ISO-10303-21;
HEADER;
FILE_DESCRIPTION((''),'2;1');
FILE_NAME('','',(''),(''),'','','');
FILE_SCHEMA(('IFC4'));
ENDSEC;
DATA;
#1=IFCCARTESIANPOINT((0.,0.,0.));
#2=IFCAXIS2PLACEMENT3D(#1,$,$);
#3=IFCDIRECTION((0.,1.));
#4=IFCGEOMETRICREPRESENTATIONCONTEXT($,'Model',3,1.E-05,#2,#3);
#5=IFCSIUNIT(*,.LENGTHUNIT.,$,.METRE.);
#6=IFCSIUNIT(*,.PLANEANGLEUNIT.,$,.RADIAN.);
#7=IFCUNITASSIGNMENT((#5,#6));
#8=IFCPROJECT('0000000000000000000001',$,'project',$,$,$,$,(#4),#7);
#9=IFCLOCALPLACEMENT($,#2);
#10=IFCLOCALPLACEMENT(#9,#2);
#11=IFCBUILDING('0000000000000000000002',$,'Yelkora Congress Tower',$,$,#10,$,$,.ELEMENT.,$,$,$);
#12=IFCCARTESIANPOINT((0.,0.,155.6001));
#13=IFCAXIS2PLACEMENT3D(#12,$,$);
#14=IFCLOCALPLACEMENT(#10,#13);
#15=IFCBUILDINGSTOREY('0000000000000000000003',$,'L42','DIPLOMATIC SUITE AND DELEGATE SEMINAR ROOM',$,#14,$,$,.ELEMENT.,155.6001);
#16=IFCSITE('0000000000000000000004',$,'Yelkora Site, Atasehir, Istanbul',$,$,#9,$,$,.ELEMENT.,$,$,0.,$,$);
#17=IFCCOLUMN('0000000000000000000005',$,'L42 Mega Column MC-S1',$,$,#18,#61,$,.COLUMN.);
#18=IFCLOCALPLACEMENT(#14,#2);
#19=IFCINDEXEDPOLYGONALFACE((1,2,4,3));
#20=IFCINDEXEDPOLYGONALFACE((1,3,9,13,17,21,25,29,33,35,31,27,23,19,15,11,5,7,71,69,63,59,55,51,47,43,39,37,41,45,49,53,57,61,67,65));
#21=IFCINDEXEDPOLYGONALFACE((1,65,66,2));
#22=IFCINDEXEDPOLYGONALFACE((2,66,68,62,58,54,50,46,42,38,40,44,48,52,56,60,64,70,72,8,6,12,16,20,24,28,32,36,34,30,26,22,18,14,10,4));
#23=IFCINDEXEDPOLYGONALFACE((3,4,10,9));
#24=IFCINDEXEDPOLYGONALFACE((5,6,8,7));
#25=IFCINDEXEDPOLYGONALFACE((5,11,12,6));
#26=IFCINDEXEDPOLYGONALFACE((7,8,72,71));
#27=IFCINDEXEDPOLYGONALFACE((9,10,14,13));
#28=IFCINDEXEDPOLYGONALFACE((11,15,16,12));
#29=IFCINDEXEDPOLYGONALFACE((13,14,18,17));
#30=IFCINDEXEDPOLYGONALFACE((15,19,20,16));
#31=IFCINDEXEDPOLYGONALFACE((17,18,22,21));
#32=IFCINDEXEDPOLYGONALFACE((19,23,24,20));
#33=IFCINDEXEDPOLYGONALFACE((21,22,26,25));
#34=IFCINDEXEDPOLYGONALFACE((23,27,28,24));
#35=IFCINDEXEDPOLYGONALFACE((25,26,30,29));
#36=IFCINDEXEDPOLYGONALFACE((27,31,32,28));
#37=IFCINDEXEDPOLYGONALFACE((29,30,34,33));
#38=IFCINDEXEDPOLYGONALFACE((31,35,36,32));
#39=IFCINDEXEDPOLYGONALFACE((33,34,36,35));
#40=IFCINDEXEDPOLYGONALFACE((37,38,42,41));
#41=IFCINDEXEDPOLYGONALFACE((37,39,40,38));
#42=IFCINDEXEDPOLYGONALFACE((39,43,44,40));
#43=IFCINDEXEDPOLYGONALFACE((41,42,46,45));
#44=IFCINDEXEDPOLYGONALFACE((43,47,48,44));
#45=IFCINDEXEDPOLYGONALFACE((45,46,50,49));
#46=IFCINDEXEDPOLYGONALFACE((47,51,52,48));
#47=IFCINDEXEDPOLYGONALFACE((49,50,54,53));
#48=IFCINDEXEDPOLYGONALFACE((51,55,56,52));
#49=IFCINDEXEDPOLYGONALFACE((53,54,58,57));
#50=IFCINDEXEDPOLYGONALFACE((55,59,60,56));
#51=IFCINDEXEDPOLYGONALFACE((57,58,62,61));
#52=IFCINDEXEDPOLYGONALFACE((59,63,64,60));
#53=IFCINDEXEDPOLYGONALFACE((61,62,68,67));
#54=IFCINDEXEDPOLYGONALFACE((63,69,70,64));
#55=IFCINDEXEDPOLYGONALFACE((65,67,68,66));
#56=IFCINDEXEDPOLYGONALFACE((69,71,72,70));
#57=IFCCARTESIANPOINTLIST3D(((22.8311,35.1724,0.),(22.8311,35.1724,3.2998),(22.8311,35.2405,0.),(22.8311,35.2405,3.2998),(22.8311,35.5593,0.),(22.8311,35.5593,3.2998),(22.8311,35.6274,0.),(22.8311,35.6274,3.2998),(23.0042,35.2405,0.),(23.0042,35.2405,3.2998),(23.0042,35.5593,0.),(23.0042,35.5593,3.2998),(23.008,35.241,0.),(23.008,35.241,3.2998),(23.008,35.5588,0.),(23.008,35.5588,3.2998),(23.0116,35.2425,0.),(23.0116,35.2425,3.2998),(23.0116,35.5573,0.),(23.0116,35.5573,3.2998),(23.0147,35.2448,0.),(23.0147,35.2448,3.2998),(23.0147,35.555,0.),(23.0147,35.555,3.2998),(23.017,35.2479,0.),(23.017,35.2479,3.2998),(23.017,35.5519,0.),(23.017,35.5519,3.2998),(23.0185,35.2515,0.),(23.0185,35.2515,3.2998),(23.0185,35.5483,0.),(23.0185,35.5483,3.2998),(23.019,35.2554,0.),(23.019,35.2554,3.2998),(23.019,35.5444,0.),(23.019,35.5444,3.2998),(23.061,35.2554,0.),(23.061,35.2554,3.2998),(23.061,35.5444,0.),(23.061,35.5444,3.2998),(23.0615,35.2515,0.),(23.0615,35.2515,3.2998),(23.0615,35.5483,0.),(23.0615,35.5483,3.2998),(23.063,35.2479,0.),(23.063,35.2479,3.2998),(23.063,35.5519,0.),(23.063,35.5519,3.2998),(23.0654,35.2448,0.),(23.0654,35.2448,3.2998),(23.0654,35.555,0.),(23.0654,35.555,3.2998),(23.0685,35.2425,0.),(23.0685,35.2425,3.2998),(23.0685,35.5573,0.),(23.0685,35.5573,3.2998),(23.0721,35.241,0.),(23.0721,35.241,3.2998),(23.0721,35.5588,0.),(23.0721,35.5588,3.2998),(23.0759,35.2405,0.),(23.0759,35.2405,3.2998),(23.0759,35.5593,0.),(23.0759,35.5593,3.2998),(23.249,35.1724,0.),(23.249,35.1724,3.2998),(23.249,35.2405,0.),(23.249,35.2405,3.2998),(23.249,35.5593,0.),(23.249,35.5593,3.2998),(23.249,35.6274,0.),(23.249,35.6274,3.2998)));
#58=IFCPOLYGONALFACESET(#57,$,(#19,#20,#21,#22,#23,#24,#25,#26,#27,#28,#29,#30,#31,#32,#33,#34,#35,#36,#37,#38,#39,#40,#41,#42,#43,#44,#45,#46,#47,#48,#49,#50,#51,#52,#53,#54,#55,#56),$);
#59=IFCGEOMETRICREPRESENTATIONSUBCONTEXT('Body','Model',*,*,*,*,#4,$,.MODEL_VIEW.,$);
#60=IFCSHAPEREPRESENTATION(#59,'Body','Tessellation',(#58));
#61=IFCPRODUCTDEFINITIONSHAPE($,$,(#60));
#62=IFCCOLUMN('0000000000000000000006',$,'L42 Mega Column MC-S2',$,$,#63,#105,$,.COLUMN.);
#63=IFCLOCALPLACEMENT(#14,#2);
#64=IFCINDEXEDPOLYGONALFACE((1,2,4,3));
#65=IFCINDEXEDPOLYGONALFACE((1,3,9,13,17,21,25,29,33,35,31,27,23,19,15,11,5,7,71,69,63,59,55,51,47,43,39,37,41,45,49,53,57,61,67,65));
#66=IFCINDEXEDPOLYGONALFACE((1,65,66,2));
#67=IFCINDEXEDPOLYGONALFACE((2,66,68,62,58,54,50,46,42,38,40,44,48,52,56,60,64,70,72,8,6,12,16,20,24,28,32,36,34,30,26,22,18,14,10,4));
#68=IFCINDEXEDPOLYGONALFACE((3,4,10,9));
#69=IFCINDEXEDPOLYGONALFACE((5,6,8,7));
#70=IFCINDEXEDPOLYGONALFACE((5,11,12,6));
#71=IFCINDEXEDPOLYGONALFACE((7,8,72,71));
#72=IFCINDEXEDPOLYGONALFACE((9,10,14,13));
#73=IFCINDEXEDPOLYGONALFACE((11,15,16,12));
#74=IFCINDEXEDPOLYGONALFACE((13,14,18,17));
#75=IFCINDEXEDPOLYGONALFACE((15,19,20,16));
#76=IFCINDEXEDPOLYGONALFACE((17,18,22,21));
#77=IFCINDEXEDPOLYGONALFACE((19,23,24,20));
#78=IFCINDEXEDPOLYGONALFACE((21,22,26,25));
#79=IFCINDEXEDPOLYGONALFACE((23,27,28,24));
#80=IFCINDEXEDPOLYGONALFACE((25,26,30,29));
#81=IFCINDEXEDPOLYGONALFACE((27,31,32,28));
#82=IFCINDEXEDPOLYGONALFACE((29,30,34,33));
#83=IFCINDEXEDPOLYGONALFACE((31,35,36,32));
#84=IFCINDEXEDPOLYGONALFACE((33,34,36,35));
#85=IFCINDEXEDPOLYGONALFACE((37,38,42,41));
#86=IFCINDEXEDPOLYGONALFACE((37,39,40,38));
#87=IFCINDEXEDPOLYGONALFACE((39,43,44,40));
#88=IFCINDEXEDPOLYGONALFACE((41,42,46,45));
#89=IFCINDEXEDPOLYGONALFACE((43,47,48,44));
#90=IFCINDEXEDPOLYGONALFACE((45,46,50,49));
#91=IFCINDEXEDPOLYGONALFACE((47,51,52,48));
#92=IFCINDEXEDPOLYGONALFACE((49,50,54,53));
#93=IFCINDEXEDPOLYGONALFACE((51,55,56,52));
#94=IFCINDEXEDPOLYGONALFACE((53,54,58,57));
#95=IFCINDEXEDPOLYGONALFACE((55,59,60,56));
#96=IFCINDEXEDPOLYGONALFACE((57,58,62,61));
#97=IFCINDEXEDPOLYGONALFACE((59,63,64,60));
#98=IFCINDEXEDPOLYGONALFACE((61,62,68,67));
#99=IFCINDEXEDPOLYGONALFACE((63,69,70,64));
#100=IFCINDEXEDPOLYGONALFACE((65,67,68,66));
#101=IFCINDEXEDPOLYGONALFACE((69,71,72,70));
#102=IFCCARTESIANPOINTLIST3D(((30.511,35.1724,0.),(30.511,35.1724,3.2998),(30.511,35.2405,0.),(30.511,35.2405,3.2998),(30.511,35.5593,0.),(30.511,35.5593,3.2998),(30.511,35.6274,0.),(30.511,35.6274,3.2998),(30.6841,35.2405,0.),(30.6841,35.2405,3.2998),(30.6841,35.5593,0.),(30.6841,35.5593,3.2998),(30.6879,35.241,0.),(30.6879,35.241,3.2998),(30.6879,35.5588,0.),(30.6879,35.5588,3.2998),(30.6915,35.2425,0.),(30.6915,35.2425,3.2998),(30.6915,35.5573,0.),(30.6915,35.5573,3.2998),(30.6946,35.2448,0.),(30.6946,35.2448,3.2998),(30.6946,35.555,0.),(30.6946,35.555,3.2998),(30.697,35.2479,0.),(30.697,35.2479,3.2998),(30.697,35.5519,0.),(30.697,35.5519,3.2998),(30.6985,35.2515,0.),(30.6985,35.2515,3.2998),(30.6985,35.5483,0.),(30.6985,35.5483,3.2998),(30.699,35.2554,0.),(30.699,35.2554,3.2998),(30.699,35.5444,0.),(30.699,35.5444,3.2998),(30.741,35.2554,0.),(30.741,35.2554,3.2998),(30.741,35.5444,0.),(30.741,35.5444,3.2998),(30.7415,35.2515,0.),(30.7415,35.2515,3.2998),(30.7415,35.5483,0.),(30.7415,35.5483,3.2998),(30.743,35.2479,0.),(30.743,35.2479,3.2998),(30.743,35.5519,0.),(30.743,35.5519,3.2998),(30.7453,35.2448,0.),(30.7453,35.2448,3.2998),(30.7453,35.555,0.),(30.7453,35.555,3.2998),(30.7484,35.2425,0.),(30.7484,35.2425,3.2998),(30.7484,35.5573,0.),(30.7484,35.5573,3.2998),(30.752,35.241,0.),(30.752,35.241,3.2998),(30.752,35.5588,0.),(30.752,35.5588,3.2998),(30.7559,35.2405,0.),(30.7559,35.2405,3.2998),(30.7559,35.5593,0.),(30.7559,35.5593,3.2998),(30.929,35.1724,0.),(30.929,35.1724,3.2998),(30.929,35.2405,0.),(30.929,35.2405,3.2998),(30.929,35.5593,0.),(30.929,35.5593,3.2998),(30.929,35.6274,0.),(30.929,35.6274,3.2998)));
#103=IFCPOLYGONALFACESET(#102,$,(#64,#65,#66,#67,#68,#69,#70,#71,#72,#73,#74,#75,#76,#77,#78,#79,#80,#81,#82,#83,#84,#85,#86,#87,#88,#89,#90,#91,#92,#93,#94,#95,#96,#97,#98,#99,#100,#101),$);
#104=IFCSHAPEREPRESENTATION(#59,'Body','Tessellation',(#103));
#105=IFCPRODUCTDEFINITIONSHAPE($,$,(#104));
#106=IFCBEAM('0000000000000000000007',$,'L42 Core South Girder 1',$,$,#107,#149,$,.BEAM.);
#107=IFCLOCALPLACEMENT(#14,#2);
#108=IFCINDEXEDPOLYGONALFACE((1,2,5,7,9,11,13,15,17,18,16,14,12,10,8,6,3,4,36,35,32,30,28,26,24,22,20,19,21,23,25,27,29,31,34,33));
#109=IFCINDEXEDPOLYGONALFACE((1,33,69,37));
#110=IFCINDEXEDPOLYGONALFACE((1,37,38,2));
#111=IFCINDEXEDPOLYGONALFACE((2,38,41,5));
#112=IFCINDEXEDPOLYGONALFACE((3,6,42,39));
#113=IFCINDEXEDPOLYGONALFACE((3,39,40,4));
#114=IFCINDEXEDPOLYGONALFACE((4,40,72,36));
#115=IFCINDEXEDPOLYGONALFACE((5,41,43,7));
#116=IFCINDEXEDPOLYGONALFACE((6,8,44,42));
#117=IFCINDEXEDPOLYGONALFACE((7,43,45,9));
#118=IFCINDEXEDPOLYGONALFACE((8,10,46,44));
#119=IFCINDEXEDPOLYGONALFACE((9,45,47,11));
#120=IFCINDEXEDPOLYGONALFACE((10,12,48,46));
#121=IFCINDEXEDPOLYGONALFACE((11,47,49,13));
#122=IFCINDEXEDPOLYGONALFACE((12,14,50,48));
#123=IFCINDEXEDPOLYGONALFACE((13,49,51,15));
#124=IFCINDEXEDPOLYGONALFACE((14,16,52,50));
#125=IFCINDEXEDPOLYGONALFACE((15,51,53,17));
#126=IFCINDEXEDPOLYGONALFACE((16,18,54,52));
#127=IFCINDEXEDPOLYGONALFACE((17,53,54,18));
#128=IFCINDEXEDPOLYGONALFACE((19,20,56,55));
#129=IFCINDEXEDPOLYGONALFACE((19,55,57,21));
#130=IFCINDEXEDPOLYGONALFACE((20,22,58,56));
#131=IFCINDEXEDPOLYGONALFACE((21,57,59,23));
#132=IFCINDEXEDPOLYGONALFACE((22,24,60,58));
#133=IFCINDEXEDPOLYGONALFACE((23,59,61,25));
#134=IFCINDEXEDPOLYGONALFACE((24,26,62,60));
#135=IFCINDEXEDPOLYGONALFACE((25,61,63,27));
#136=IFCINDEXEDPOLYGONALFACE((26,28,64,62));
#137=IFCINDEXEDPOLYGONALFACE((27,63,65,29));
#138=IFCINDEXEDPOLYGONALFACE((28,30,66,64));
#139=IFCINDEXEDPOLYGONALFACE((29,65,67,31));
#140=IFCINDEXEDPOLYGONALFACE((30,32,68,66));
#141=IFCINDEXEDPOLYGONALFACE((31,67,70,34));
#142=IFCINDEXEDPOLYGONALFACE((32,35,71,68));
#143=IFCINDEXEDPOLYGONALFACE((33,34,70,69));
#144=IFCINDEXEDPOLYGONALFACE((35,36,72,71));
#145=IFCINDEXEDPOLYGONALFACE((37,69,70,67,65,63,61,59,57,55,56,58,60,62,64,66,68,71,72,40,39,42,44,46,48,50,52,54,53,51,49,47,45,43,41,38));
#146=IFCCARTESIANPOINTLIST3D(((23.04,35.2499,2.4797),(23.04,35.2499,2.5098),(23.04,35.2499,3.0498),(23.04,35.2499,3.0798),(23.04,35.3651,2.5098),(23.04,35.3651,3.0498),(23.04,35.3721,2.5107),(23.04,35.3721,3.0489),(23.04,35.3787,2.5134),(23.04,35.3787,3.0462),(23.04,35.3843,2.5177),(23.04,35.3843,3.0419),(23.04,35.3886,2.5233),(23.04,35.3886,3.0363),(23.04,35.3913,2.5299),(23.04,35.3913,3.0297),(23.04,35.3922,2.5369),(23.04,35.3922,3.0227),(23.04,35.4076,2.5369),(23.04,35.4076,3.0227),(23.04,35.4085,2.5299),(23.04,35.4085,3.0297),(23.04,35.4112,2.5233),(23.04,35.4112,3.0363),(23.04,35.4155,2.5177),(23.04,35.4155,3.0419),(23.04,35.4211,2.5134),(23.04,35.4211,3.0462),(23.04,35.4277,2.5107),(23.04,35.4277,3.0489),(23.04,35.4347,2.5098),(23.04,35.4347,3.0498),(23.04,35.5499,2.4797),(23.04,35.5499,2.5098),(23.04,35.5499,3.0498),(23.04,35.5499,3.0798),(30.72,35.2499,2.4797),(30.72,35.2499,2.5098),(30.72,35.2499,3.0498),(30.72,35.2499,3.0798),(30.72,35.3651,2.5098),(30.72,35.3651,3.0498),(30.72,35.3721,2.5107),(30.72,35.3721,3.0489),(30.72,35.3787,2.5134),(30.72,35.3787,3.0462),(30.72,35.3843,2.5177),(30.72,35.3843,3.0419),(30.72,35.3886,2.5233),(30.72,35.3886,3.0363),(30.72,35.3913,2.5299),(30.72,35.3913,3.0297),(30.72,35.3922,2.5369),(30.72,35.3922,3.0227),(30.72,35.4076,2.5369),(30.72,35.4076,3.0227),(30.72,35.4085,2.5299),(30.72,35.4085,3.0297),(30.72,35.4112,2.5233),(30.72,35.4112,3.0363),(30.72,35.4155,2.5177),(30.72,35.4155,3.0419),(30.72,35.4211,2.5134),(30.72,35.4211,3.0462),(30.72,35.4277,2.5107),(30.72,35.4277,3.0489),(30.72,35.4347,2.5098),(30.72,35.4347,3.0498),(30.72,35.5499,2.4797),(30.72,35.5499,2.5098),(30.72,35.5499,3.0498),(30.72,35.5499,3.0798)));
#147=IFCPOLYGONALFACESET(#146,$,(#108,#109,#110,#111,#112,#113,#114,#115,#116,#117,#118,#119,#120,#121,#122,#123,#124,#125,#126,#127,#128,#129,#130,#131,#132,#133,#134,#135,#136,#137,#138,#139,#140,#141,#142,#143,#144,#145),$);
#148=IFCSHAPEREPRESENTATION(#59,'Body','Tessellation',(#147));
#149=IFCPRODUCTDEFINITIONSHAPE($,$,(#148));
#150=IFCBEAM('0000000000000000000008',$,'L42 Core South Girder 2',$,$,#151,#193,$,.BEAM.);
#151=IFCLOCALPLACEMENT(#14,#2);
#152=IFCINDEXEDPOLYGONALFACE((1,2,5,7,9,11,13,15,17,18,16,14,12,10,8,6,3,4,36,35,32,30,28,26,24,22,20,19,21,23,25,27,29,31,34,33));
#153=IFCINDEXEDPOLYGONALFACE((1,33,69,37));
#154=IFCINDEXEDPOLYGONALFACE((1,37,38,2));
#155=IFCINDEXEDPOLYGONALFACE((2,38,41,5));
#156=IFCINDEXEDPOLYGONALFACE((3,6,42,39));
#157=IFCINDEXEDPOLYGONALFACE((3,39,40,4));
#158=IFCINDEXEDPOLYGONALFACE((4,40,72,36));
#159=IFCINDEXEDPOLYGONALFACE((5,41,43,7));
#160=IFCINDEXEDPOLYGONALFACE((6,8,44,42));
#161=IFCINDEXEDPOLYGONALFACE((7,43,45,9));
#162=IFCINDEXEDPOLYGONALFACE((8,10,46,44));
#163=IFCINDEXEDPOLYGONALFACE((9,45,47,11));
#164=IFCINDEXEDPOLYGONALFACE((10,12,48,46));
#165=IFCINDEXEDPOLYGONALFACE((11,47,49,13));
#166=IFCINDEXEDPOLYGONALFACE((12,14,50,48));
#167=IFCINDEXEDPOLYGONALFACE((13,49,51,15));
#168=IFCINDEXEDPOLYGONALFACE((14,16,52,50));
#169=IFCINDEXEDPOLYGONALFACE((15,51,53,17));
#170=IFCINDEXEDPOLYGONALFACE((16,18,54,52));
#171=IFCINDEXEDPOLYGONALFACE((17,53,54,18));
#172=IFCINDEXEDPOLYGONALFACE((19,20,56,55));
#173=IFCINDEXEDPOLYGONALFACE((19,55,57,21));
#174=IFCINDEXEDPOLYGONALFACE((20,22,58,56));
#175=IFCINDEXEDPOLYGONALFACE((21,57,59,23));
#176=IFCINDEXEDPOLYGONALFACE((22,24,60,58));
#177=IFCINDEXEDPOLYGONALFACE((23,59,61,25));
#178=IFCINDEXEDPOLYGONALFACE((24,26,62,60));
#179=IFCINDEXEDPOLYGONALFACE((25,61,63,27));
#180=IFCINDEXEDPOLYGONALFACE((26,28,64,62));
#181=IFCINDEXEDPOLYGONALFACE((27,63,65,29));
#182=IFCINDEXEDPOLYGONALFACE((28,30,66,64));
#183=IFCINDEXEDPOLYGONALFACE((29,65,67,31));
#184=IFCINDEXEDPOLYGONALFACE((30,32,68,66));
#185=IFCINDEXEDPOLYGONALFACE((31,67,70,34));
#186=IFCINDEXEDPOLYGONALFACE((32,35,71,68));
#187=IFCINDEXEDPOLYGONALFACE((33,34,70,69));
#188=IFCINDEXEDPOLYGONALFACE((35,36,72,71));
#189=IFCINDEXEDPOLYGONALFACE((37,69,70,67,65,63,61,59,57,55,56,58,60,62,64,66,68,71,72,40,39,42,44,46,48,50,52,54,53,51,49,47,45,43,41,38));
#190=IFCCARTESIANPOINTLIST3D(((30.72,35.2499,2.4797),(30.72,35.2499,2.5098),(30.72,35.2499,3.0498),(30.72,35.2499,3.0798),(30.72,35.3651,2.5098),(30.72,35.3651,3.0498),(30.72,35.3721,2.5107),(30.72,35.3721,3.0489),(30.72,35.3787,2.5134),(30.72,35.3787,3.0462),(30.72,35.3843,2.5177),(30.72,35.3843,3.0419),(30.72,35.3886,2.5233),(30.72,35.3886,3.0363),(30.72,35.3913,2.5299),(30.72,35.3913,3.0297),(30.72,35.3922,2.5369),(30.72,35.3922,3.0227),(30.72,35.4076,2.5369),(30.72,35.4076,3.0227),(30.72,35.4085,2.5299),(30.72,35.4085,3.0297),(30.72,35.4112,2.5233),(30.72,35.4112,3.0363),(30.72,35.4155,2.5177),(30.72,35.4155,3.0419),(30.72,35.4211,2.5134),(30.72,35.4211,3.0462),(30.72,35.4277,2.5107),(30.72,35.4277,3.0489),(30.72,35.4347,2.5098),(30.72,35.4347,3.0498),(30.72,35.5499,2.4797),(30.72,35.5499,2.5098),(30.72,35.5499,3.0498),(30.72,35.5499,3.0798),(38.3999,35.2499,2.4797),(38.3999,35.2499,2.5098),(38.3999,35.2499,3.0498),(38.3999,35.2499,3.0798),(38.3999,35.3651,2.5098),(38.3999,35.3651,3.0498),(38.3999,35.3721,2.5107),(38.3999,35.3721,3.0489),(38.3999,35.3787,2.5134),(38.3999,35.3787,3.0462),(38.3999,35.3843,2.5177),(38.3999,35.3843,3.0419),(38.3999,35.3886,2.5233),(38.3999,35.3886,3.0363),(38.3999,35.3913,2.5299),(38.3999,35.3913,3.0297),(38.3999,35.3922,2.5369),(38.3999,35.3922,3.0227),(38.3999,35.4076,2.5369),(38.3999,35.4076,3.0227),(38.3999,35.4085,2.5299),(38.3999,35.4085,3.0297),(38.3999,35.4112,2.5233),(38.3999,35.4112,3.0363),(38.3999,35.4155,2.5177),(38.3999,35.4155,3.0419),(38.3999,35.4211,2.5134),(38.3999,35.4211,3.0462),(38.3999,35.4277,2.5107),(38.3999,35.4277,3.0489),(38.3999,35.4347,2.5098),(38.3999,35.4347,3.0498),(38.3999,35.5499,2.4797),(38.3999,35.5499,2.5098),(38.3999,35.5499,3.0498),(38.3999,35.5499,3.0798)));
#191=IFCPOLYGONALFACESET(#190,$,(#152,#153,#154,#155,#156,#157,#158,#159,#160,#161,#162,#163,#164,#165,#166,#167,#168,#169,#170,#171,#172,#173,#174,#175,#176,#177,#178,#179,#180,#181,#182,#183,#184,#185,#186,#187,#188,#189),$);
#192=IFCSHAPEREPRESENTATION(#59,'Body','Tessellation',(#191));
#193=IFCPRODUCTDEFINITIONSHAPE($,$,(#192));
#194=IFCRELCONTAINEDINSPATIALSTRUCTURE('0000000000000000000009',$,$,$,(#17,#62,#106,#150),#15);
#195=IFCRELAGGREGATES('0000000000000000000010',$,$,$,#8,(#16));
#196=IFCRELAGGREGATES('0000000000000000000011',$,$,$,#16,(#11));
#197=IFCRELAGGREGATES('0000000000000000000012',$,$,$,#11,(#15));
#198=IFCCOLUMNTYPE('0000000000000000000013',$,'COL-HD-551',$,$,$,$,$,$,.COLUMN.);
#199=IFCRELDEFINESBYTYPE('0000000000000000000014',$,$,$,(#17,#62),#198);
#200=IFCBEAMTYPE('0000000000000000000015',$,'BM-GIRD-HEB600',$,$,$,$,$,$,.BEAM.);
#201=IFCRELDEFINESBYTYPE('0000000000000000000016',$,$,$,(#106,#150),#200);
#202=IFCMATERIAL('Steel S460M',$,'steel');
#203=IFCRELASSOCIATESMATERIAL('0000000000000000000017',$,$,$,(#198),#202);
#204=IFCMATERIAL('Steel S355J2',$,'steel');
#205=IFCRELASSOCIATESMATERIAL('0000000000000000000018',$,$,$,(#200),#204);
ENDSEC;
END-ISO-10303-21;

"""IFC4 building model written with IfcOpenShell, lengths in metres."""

from ifc_helpers import new_model, si_unit, direction, frame, origin, origin_2d, place, context, subcontext, project, spatial, i_section, extrude, material, material_profile, profile_set, type_object, element, save


model = new_model("IFC4")

# Units and contexts
model_context = context("Model", 3, precision=1e-05, world=origin(), true_north=direction((0.0, 1.0)))
body_context = subcontext(model_context, "Body", "Model", "MODEL_VIEW")
ifc_project = project(units=[si_unit("LENGTHUNIT", "METRE"), si_unit("PLANEANGLEUNIT", "RADIAN")], contexts=[model_context])

# Site, building, storey
site_placement = place(None, origin())
site = spatial("IfcSite", under=ifc_project, at=site_placement, Name="Yelkora Site, Atasehir, Istanbul", CompositionType="ELEMENT", RefElevation=0.0)
building_placement = place(site_placement, origin())
building = spatial("IfcBuilding", under=site, at=building_placement, Name="Yelkora Congress Tower", CompositionType="ELEMENT")
storey_placement = place(building_placement, frame((0.0, 0.0, 155.6001)))
storey = spatial("IfcBuildingStorey", under=building, at=storey_placement, Name="L42", Description="DIPLOMATIC SUITE AND DELEGATE SEMINAR ROOM", CompositionType="ELEMENT", Elevation=155.6001)

# Columns
ifc_material_1 = material(Name="Steel S460M", Category="steel")
ifc_material_profile_1 = material_profile(ifc_material_1, i_section(OverallWidth=0.418, OverallDepth=0.4551, WebThickness=0.042, FlangeThickness=0.0681, FilletRadius=0.0149, at=origin_2d()), Name="HD 400x551")
ifc_profile_set_1 = profile_set([ifc_material_profile_1], Name="Steel S460M")
column_type = type_object("IfcColumnType", Name="COL-HD-551", PredefinedType="COLUMN", material=ifc_profile_set_1)
for number, where, z_axis, x_axis, name in (
    (1, (23.04, 35.3999, 0.0), (0.0, 0.0, 1.0), (1.0, 0.0, 0.0), "L42 Mega Column MC-S1"),
    (2, (30.72, 35.3999, 0.0), (0.0, 0.0, 1.0), (1.0, 0.0, 0.0), "L42 Mega Column MC-S2"),
):
    element("IfcColumn", number, at=place(storey_placement, frame(where, z_axis=z_axis, x_axis=x_axis)), inside=storey, type_object=column_type, Name=name, PredefinedType="COLUMN", context=body_context, shape_type="SweptSolid", body=[
        extrude(i_section(OverallWidth=0.418, OverallDepth=0.4551, WebThickness=0.042, FlangeThickness=0.0681, FilletRadius=0.0149, at=origin_2d()), origin(), (0.0, 0.0, 1.0), 3.2998),
    ])

# Beams
ifc_material_2 = material(Name="Steel S355J2", Category="steel")
ifc_material_profile_2 = material_profile(ifc_material_2, i_section(OverallWidth=0.3, OverallDepth=0.6001, WebThickness=0.0154, FlangeThickness=0.03, FilletRadius=0.0271, at=origin_2d()), Name="HEB 600")
ifc_profile_set_2 = profile_set([ifc_material_profile_2], Name="Steel S355J2")
beam_type = type_object("IfcBeamType", Name="BM-GIRD-HEB600", PredefinedType="BEAM", material=ifc_profile_set_2)
for number, where, z_axis, x_axis, name in (
    (3, (23.04, 35.3999, 2.7798), (1.0, 0.0, 0.0), (0.0, 1.0, 0.0), "L42 Core South Girder 1"),
    (4, (30.72, 35.3999, 2.7798), (1.0, 0.0, 0.0), (0.0, 1.0, 0.0), "L42 Core South Girder 2"),
):
    element("IfcBeam", number, at=place(storey_placement, frame(where, z_axis=z_axis, x_axis=x_axis)), inside=storey, type_object=beam_type, Name=name, PredefinedType="BEAM", context=body_context, shape_type="SweptSolid", body=[
        extrude(i_section(OverallWidth=0.3, OverallDepth=0.6001, WebThickness=0.0154, FlangeThickness=0.03, FilletRadius=0.0271, at=origin_2d()), origin(), (0.0, 0.0, 1.0), 7.6799),
    ])

save(model, "model.ifc")
